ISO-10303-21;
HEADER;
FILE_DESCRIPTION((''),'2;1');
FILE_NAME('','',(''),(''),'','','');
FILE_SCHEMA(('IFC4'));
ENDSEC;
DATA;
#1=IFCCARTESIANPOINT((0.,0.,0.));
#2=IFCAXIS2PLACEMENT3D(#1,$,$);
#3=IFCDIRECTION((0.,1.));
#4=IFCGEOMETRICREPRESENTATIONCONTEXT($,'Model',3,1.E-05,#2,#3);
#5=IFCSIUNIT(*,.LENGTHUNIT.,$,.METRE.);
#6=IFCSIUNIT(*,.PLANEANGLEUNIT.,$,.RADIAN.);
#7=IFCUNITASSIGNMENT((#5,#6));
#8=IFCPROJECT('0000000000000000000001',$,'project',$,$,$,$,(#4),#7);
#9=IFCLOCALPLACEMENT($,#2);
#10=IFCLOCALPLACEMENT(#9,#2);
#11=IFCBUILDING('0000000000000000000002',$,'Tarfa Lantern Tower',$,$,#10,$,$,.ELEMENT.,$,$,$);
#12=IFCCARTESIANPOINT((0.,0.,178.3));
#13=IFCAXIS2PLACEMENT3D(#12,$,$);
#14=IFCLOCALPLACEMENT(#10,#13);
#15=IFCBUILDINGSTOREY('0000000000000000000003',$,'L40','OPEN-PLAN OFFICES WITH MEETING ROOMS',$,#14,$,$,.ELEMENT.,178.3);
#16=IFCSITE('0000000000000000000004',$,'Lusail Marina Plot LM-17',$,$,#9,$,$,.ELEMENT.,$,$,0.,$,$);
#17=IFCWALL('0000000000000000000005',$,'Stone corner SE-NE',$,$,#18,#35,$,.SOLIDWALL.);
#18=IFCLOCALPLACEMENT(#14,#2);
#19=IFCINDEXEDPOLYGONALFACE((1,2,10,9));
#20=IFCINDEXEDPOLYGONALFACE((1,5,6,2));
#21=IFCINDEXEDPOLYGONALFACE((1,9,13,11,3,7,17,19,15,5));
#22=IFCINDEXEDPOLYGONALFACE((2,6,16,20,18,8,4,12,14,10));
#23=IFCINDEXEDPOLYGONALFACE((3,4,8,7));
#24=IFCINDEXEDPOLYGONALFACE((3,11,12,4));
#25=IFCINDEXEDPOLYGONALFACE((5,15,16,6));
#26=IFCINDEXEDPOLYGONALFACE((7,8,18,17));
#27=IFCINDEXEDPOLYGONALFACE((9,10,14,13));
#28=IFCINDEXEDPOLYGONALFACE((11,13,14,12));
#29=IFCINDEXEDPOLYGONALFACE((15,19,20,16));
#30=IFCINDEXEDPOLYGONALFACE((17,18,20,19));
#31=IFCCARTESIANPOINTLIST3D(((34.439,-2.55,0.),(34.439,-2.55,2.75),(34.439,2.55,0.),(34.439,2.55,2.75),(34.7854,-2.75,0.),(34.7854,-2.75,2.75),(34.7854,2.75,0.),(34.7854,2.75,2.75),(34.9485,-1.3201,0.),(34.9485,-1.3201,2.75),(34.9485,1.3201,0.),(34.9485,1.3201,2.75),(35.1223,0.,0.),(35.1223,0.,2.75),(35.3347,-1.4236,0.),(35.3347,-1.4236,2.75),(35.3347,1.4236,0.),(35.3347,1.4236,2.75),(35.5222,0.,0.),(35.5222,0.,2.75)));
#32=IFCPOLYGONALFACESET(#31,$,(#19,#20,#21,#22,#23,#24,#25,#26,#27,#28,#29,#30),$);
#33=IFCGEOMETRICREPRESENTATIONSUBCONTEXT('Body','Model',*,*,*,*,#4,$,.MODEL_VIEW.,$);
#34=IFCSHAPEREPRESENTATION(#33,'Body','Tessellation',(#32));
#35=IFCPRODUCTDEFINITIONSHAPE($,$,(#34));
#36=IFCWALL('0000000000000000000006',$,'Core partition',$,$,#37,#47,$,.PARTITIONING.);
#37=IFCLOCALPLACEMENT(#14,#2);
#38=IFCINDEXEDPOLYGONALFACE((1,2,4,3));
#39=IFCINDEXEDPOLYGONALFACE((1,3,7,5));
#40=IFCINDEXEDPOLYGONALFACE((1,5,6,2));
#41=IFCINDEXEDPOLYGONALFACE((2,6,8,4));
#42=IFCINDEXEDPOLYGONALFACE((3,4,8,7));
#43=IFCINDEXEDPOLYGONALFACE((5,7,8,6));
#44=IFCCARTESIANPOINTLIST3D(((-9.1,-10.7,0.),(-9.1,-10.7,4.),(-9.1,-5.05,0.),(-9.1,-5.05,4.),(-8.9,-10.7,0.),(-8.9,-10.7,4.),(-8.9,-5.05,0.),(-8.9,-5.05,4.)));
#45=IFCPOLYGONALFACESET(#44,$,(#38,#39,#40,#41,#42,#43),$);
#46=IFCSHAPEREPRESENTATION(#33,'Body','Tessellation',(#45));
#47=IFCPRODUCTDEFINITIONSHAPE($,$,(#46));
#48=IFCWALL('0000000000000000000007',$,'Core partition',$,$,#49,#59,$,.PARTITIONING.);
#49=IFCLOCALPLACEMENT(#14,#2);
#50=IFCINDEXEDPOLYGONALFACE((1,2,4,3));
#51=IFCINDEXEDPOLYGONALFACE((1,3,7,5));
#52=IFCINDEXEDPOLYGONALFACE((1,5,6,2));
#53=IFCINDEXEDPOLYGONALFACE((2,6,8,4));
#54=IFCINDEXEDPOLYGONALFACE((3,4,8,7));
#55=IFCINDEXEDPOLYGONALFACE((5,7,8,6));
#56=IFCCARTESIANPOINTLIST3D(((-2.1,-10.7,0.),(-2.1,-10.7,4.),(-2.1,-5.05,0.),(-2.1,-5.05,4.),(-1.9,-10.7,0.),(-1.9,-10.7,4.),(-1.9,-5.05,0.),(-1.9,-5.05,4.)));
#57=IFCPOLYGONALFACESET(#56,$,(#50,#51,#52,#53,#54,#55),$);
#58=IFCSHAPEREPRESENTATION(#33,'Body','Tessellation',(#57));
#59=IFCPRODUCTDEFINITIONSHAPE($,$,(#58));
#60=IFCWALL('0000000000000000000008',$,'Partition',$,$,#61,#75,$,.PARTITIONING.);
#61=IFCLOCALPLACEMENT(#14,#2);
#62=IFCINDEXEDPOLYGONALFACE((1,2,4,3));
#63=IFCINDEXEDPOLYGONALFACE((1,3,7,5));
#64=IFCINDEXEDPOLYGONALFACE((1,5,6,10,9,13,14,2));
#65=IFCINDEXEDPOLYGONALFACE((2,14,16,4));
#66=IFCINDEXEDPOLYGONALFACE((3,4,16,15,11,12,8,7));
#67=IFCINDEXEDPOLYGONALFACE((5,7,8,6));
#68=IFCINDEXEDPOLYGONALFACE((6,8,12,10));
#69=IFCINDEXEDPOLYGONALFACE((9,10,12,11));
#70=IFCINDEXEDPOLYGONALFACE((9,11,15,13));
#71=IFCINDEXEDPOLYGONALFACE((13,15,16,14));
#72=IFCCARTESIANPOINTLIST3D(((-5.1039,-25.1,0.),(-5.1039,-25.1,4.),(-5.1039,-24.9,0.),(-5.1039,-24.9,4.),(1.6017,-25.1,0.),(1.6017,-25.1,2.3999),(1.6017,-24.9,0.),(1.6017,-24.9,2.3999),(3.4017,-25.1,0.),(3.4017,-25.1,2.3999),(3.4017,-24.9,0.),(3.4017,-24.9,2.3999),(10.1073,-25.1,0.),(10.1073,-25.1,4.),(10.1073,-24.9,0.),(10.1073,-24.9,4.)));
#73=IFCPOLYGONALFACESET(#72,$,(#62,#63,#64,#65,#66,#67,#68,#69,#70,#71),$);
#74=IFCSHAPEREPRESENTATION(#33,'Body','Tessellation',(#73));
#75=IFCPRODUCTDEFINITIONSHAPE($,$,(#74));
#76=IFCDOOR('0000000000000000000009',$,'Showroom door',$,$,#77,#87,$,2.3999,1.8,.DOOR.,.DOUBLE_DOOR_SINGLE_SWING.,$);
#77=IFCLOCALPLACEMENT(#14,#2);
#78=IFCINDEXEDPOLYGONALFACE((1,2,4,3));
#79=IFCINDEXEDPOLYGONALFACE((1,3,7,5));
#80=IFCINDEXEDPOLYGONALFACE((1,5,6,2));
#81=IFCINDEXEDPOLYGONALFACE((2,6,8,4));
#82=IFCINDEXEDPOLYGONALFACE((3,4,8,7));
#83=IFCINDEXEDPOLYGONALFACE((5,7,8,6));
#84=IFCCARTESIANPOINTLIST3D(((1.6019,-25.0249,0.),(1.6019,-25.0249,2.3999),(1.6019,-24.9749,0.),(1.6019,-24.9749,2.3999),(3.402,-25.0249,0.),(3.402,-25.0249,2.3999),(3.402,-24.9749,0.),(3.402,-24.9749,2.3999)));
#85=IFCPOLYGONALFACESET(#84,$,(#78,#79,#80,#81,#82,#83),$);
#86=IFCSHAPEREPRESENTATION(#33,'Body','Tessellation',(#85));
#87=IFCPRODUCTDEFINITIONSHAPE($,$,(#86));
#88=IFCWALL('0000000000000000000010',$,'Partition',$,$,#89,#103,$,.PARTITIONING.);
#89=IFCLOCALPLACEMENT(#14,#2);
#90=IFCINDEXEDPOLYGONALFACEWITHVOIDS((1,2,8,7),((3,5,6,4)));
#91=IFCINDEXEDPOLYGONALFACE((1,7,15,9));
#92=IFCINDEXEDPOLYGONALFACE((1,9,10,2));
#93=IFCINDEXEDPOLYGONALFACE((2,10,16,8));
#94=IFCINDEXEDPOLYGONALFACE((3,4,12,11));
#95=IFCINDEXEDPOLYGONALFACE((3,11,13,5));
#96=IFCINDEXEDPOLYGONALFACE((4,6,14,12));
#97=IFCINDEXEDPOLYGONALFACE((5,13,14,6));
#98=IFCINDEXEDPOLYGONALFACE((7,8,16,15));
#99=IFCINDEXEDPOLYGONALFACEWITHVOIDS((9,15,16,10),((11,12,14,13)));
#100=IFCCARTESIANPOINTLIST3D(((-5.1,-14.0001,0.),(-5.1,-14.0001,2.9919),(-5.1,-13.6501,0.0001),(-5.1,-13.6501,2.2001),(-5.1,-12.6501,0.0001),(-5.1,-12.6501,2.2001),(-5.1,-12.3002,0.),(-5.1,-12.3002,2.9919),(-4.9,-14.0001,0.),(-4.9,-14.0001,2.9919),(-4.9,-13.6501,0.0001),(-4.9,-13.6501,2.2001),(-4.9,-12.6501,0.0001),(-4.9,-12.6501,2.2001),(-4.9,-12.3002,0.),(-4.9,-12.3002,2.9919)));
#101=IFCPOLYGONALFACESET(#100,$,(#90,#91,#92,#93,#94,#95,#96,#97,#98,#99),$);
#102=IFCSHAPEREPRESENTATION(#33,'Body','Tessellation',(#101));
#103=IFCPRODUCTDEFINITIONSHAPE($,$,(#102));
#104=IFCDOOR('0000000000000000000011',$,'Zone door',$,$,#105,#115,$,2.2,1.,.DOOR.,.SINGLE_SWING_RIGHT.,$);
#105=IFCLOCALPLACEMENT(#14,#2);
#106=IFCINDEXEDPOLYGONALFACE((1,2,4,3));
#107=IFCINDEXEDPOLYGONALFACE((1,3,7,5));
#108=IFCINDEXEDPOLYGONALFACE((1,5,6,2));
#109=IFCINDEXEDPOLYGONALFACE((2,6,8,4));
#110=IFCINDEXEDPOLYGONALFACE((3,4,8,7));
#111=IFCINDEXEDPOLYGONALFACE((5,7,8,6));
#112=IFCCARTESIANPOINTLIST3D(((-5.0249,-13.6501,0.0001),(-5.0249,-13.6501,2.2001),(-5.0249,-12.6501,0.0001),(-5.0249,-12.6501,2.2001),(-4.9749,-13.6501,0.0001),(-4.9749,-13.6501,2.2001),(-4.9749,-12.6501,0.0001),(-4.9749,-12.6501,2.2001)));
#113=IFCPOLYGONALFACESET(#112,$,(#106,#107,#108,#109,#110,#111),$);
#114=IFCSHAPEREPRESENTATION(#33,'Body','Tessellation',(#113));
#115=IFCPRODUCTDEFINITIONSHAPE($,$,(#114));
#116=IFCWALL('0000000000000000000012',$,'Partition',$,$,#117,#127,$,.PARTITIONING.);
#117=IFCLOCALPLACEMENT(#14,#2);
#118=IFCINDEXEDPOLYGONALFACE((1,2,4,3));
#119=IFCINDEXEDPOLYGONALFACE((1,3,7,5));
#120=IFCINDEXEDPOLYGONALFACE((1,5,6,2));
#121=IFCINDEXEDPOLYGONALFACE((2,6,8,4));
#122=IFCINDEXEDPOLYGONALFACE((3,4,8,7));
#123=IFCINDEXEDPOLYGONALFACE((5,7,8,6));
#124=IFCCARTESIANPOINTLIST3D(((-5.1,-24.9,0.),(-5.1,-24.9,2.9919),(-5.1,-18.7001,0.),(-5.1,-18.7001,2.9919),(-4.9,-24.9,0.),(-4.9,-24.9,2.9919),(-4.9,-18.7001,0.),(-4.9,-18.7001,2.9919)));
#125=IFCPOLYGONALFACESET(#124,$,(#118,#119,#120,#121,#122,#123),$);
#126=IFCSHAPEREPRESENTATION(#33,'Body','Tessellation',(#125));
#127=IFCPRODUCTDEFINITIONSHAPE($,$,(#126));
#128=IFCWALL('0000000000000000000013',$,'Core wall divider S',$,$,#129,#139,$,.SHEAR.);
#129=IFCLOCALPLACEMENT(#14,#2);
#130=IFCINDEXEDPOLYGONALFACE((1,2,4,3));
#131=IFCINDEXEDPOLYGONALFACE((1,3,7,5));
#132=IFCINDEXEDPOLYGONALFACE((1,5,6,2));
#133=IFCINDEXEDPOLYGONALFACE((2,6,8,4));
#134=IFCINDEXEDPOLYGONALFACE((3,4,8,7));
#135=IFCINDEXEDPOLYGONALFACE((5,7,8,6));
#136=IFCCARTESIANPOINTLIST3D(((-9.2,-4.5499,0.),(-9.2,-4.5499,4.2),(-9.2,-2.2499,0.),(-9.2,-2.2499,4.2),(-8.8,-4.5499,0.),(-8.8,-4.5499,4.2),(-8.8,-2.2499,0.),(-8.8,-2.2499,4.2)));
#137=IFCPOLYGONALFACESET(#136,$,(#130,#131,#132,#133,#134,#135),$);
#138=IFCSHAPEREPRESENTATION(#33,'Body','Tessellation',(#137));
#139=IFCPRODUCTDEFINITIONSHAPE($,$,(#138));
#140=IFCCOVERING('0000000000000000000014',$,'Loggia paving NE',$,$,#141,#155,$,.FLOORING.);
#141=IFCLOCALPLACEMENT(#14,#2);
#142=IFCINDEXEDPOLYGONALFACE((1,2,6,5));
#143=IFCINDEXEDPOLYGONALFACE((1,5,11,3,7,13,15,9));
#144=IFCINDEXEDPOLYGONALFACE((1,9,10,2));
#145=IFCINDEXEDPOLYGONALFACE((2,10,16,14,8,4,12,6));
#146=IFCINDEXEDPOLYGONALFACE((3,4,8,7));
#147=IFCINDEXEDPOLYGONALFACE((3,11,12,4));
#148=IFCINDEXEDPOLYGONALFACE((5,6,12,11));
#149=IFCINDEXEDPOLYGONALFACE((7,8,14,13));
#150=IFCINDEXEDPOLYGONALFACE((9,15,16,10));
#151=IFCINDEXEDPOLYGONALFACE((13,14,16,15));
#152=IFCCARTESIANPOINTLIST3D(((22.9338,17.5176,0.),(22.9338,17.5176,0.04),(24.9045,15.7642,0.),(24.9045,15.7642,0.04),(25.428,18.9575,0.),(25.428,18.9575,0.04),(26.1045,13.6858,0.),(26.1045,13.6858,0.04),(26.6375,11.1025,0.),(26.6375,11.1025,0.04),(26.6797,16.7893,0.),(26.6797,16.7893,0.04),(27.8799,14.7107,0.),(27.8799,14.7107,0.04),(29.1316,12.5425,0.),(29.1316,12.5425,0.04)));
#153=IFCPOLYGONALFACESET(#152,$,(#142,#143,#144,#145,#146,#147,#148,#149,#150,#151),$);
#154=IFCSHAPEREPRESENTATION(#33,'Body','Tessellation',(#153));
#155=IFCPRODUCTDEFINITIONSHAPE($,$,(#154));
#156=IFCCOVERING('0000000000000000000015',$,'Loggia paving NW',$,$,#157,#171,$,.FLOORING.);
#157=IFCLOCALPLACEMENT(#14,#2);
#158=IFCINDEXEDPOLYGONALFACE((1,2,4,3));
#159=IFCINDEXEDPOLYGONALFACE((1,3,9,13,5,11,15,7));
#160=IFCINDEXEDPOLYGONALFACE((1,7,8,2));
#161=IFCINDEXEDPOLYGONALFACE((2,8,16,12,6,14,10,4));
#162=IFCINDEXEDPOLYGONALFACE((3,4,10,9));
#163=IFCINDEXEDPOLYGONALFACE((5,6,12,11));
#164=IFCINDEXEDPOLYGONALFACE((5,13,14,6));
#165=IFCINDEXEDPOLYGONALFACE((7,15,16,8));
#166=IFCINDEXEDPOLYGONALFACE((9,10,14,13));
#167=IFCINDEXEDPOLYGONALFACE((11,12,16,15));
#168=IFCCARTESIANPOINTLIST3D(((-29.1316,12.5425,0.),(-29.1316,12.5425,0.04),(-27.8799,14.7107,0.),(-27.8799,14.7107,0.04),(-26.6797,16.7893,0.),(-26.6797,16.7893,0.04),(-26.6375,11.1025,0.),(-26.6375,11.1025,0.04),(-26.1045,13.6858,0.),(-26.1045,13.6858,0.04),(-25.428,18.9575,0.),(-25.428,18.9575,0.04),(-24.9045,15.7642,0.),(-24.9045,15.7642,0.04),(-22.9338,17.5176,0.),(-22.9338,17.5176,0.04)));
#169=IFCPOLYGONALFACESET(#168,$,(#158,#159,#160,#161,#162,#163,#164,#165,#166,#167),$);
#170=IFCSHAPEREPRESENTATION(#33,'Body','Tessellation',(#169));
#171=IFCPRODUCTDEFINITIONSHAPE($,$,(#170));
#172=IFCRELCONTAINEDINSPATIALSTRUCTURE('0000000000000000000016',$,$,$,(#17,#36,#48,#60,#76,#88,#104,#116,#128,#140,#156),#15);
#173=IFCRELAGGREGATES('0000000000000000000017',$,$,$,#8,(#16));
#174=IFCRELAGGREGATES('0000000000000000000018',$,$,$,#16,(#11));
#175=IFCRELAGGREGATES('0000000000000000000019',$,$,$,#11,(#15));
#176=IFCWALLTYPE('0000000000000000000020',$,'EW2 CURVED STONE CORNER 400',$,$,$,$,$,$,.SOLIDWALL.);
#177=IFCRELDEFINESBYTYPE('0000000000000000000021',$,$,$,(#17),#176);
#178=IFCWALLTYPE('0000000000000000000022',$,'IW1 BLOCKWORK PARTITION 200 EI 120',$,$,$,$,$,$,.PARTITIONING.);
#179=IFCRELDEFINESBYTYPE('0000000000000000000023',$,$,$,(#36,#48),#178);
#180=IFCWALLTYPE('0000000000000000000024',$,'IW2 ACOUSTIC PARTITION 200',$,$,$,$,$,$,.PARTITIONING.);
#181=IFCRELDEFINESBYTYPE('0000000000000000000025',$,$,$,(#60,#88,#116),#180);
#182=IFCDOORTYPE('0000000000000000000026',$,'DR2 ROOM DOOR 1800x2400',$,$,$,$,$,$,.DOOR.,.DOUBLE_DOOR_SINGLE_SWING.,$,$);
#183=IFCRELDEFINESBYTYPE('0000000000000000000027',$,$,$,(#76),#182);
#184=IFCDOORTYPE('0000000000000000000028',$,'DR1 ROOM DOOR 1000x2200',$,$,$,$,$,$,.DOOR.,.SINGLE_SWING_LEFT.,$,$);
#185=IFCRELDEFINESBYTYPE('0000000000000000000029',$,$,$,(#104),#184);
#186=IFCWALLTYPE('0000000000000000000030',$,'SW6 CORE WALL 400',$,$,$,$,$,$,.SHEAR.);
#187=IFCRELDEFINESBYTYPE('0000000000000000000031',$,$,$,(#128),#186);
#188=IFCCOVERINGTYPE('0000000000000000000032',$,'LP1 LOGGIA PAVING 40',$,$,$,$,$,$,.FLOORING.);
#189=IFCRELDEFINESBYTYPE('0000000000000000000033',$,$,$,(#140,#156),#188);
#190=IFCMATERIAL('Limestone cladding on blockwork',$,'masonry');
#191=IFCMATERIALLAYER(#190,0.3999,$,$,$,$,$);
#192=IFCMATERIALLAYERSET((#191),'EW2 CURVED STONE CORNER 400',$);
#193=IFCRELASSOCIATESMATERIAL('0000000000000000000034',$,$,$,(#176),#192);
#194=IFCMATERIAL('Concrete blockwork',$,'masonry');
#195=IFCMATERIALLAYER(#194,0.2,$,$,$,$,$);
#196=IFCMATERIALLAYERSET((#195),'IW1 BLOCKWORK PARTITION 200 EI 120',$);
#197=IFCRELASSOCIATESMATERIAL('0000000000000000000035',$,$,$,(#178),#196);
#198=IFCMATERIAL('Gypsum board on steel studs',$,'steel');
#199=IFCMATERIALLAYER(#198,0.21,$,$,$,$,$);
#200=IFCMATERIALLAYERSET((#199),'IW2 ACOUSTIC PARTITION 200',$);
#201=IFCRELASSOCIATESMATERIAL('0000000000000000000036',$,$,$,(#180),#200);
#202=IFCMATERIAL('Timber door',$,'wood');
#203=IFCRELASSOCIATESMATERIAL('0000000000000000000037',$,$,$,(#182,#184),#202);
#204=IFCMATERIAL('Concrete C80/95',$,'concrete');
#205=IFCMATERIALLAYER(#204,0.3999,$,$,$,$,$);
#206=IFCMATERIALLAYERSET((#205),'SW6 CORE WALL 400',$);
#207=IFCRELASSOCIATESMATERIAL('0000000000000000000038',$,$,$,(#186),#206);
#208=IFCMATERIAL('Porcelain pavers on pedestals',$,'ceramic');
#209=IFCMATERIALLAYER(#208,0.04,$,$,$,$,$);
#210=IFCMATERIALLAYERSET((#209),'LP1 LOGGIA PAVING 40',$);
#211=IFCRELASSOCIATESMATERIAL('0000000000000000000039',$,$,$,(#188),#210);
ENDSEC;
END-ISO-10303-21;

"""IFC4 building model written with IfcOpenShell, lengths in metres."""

from ifc_helpers import new_model, si_unit, direction, frame, frame_2d, origin, place, context, subcontext, project, spatial, polyline, rectangle, outline, extrude, material, layer, layer_set, type_object, element, fill, save


model = new_model("IFC4")

# Units and contexts
model_context = context("Model", 3, precision=1e-05, world=origin(), true_north=direction((0.0, 1.0)))
body_context = subcontext(model_context, "Body", "Model", "MODEL_VIEW")
ifc_project = project(units=[si_unit("LENGTHUNIT", "METRE"), si_unit("PLANEANGLEUNIT", "RADIAN")], contexts=[model_context])

# Site, building, storey
site_placement = place(None, origin())
site = spatial("IfcSite", under=ifc_project, at=site_placement, Name="Lusail Marina Plot LM-17", CompositionType="ELEMENT", RefElevation=0.0)
building_placement = place(site_placement, origin())
building = spatial("IfcBuilding", under=site, at=building_placement, Name="Tarfa Lantern Tower", CompositionType="ELEMENT")
storey_placement = place(building_placement, frame((0.0, 0.0, 178.3)))
storey = spatial("IfcBuildingStorey", under=building, at=storey_placement, Name="L40", Description="OPEN-PLAN OFFICES WITH MEETING ROOMS", CompositionType="ELEMENT", Elevation=178.3)

# Walls
ifc_material_1 = material(Name="Limestone cladding on blockwork", Category="masonry")
ifc_layer_1 = layer(ifc_material_1, 0.3999)
ifc_layer_set_1 = layer_set([ifc_layer_1], Name="EW2 CURVED STONE CORNER 400")
wall_type_1 = type_object("IfcWallType", Name="EW2 CURVED STONE CORNER 400", PredefinedType="SOLIDWALL", material=ifc_layer_set_1)
wall_1_placement = place(storey_placement, origin())
element("IfcWall", 1, at=wall_1_placement, inside=storey, type_object=wall_type_1, Name="Stone corner SE-NE", PredefinedType="SOLIDWALL", context=body_context, shape_type="SweptSolid", body=[
    extrude(outline(polyline([(34.7854, -2.75), (35.3347, -1.4236), (35.5222, 0.0), (35.3347, 1.4236), (34.7854, 2.75), (34.439, 2.55), (34.9485, 1.3201), (35.1223, 0.0), (34.9485, -1.3201), (34.439, -2.55), (34.7854, -2.75)])), origin(), (0.0, 0.0, 1.0), 2.75),
])
ifc_material_2 = material(Name="Concrete blockwork", Category="masonry")
ifc_layer_2 = layer(ifc_material_2, 0.2)
ifc_layer_set_2 = layer_set([ifc_layer_2], Name="IW1 BLOCKWORK PARTITION 200 EI 120")
wall_type_2 = type_object("IfcWallType", Name="IW1 BLOCKWORK PARTITION 200 EI 120", PredefinedType="PARTITIONING", material=ifc_layer_set_2)
for number, where, z_axis, x_axis, name in (
    (2, (-9.0, -5.05, 0.0), (0.0, 0.0, 1.0), (0.0, -1.0, 0.0), "Core partition"),
    (3, (-2.0, -5.05, 0.0), (0.0, 0.0, 1.0), (0.0, -1.0, 0.0), "Core partition"),
):
    element("IfcWall", number, at=place(storey_placement, frame(where, z_axis=z_axis, x_axis=x_axis)), inside=storey, type_object=wall_type_2, Name=name, PredefinedType="PARTITIONING", context=body_context, shape_type="SweptSolid", body=[
        extrude(rectangle(XDim=5.6499, YDim=0.2, at=frame_2d((2.825, 0.0))), origin(), (0.0, 0.0, 1.0), 4.0),
    ])

# Walls, openings, doors
ifc_material_3 = material(Name="Gypsum board on steel studs", Category="steel")
ifc_layer_3 = layer(ifc_material_3, 0.21)
ifc_layer_set_3 = layer_set([ifc_layer_3], Name="IW2 ACOUSTIC PARTITION 200")
wall_type_3 = type_object("IfcWallType", Name="IW2 ACOUSTIC PARTITION 200", PredefinedType="PARTITIONING", material=ifc_layer_set_3)
wall_2_placement = place(storey_placement, frame((-5.1038, -25.0, 0.0), z_axis=(0.0, 0.0, 1.0), x_axis=(1.0, 0.0, 0.0)))
wall_2 = element("IfcWall", 4, at=wall_2_placement, inside=storey, type_object=wall_type_3, Name="Partition", PredefinedType="PARTITIONING", context=body_context, shape_type="SweptSolid", body=[
    extrude(rectangle(XDim=15.2112, YDim=0.2, at=frame_2d((7.6055, 0.0))), origin(), (0.0, 0.0, 1.0), 4.0),
])
opening_1_placement = place(wall_2_placement, frame((6.7056, 0.0, 0.0)))
opening_1 = element("IfcOpeningElement", 5, at=opening_1_placement, cuts=wall_2, PredefinedType="OPENING", context=body_context, shape_type="SweptSolid", body=[
    extrude(rectangle(XDim=1.8, YDim=2.3999, at=frame_2d((0.8999, 1.2))), frame((0.0, 0.1099, 0.0), z_axis=(0.0, -1.0, 0.0), x_axis=(1.0, 0.0, 0.0)), (0.0, 0.0, 1.0), 0.22),
])
ifc_material_4 = material(Name="Timber door", Category="wood")
door_type_1 = type_object("IfcDoorType", Name="DR2 ROOM DOOR 1800x2400", OperationType="DOUBLE_DOOR_SINGLE_SWING", PredefinedType="DOOR", material=ifc_material_4)
door_1_placement = place(opening_1_placement, frame((1.8, 0.0, 0.0), z_axis=(0.0, 0.0, 1.0), x_axis=(-1.0, 0.0, 0.0)))
door_1 = element("IfcDoor", 6, at=door_1_placement, inside=storey, type_object=door_type_1, Name="Showroom door", OperationType="DOUBLE_DOOR_SINGLE_SWING", OverallHeight=2.3999, OverallWidth=1.8, PredefinedType="DOOR", context=body_context, shape_type="SweptSolid", body=[
    extrude(rectangle(XDim=1.8, YDim=2.3999, at=frame_2d((0.8999, 1.2))), frame((0.0, 0.0249, 0.0), z_axis=(0.0, -1.0, 0.0), x_axis=(1.0, 0.0, 0.0)), (0.0, 0.0, 1.0), 0.05),
])
fill(opening_1, door_1)
wall_3_placement = place(storey_placement, frame((-5.0, -12.3, 0.0), z_axis=(0.0, 0.0, 1.0), x_axis=(0.0, -1.0, 0.0)))
wall_3 = element("IfcWall", 7, at=wall_3_placement, inside=storey, type_object=wall_type_3, Name="Partition", PredefinedType="PARTITIONING", context=body_context, shape_type="SweptSolid", body=[
    extrude(rectangle(XDim=1.7, YDim=0.2, at=frame_2d((0.8501, 0.0))), origin(), (0.0, 0.0, 1.0), 2.9919),
])
opening_2_placement = place(wall_3_placement, frame((0.3501, 0.0, 0.0)))
opening_2 = element("IfcOpeningElement", 8, at=opening_2_placement, cuts=wall_3, PredefinedType="OPENING", context=body_context, shape_type="SweptSolid", body=[
    extrude(rectangle(XDim=1.0, YDim=2.2, at=frame_2d((0.5, 1.1001))), frame((0.0, 0.1099, 0.0), z_axis=(0.0, -1.0, 0.0), x_axis=(1.0, 0.0, 0.0)), (0.0, 0.0, 1.0), 0.22),
])
door_type_2 = type_object("IfcDoorType", Name="DR1 ROOM DOOR 1000x2200", OperationType="SINGLE_SWING_LEFT", PredefinedType="DOOR", material=ifc_material_4)
door_2_placement = place(opening_2_placement, frame((1.0, 0.0, 0.0), z_axis=(0.0, 0.0, 1.0), x_axis=(-1.0, 0.0, 0.0)))
door_2 = element("IfcDoor", 9, at=door_2_placement, inside=storey, type_object=door_type_2, Name="Zone door", OperationType="SINGLE_SWING_RIGHT", OverallHeight=2.2, OverallWidth=1.0, PredefinedType="DOOR", context=body_context, shape_type="SweptSolid", body=[
    extrude(rectangle(XDim=1.0, YDim=2.2, at=frame_2d((0.5, 1.1001))), frame((0.0, 0.0249, 0.0), z_axis=(0.0, -1.0, 0.0), x_axis=(1.0, 0.0, 0.0)), (0.0, 0.0, 1.0), 0.05),
])
fill(opening_2, door_2)

# Walls
wall_4_placement = place(storey_placement, frame((-5.0, -18.7, 0.0), z_axis=(0.0, 0.0, 1.0), x_axis=(0.0, -1.0, 0.0)))
element("IfcWall", 10, at=wall_4_placement, inside=storey, type_object=wall_type_3, Name="Partition", PredefinedType="PARTITIONING", context=body_context, shape_type="SweptSolid", body=[
    extrude(rectangle(XDim=6.2, YDim=0.2, at=frame_2d((3.1001, 0.0))), origin(), (0.0, 0.0, 1.0), 2.9919),
])
ifc_material_5 = material(Name="Concrete C80/95", Category="concrete")
ifc_layer_4 = layer(ifc_material_5, 0.3999)
ifc_layer_set_4 = layer_set([ifc_layer_4], Name="SW6 CORE WALL 400")
wall_type_4 = type_object("IfcWallType", Name="SW6 CORE WALL 400", PredefinedType="SHEAR", material=ifc_layer_set_4)
wall_5_placement = place(storey_placement, frame((-9.0, -2.25, 0.0), z_axis=(0.0, 0.0, 1.0), x_axis=(0.0, -1.0, 0.0)))
element("IfcWall", 11, at=wall_5_placement, inside=storey, type_object=wall_type_4, Name="Core wall divider S", PredefinedType="SHEAR", context=body_context, shape_type="SweptSolid", body=[
    extrude(rectangle(XDim=2.3, YDim=0.3999, at=frame_2d((1.1499, 0.0))), origin(), (0.0, 0.0, 1.0), 4.2),
])

# Coverings
ifc_material_6 = material(Name="Porcelain pavers on pedestals", Category="ceramic")
ifc_layer_5 = layer(ifc_material_6, 0.04)
ifc_layer_set_5 = layer_set([ifc_layer_5], Name="LP1 LOGGIA PAVING 40")
covering_type = type_object("IfcCoveringType", Name="LP1 LOGGIA PAVING 40", PredefinedType="FLOORING", material=ifc_layer_set_5)
covering_1_placement = place(storey_placement, origin())
element("IfcCovering", 12, at=covering_1_placement, inside=storey, type_object=covering_type, Name="Loggia paving NE", PredefinedType="FLOORING", context=body_context, shape_type="SweptSolid", body=[
    extrude(outline(polyline([(29.1316, 12.5425), (26.6375, 11.1025), (22.9338, 17.5176), (25.428, 18.9575), (26.6797, 16.7893), (24.9045, 15.7642), (26.1045, 13.6858), (27.8799, 14.7107), (29.1316, 12.5425)])), origin(), (0.0, 0.0, 1.0), 0.04),
])
covering_2_placement = place(storey_placement, origin())
element("IfcCovering", 13, at=covering_2_placement, inside=storey, type_object=covering_type, Name="Loggia paving NW", PredefinedType="FLOORING", context=body_context, shape_type="SweptSolid", body=[
    extrude(outline(polyline([(-25.428, 18.9575), (-22.9338, 17.5176), (-26.6375, 11.1025), (-29.1316, 12.5425), (-27.8799, 14.7107), (-26.1045, 13.6858), (-24.9045, 15.7642), (-26.6797, 16.7893), (-25.428, 18.9575)])), origin(), (0.0, 0.0, 1.0), 0.04),
])

save(model, "model.ifc")
